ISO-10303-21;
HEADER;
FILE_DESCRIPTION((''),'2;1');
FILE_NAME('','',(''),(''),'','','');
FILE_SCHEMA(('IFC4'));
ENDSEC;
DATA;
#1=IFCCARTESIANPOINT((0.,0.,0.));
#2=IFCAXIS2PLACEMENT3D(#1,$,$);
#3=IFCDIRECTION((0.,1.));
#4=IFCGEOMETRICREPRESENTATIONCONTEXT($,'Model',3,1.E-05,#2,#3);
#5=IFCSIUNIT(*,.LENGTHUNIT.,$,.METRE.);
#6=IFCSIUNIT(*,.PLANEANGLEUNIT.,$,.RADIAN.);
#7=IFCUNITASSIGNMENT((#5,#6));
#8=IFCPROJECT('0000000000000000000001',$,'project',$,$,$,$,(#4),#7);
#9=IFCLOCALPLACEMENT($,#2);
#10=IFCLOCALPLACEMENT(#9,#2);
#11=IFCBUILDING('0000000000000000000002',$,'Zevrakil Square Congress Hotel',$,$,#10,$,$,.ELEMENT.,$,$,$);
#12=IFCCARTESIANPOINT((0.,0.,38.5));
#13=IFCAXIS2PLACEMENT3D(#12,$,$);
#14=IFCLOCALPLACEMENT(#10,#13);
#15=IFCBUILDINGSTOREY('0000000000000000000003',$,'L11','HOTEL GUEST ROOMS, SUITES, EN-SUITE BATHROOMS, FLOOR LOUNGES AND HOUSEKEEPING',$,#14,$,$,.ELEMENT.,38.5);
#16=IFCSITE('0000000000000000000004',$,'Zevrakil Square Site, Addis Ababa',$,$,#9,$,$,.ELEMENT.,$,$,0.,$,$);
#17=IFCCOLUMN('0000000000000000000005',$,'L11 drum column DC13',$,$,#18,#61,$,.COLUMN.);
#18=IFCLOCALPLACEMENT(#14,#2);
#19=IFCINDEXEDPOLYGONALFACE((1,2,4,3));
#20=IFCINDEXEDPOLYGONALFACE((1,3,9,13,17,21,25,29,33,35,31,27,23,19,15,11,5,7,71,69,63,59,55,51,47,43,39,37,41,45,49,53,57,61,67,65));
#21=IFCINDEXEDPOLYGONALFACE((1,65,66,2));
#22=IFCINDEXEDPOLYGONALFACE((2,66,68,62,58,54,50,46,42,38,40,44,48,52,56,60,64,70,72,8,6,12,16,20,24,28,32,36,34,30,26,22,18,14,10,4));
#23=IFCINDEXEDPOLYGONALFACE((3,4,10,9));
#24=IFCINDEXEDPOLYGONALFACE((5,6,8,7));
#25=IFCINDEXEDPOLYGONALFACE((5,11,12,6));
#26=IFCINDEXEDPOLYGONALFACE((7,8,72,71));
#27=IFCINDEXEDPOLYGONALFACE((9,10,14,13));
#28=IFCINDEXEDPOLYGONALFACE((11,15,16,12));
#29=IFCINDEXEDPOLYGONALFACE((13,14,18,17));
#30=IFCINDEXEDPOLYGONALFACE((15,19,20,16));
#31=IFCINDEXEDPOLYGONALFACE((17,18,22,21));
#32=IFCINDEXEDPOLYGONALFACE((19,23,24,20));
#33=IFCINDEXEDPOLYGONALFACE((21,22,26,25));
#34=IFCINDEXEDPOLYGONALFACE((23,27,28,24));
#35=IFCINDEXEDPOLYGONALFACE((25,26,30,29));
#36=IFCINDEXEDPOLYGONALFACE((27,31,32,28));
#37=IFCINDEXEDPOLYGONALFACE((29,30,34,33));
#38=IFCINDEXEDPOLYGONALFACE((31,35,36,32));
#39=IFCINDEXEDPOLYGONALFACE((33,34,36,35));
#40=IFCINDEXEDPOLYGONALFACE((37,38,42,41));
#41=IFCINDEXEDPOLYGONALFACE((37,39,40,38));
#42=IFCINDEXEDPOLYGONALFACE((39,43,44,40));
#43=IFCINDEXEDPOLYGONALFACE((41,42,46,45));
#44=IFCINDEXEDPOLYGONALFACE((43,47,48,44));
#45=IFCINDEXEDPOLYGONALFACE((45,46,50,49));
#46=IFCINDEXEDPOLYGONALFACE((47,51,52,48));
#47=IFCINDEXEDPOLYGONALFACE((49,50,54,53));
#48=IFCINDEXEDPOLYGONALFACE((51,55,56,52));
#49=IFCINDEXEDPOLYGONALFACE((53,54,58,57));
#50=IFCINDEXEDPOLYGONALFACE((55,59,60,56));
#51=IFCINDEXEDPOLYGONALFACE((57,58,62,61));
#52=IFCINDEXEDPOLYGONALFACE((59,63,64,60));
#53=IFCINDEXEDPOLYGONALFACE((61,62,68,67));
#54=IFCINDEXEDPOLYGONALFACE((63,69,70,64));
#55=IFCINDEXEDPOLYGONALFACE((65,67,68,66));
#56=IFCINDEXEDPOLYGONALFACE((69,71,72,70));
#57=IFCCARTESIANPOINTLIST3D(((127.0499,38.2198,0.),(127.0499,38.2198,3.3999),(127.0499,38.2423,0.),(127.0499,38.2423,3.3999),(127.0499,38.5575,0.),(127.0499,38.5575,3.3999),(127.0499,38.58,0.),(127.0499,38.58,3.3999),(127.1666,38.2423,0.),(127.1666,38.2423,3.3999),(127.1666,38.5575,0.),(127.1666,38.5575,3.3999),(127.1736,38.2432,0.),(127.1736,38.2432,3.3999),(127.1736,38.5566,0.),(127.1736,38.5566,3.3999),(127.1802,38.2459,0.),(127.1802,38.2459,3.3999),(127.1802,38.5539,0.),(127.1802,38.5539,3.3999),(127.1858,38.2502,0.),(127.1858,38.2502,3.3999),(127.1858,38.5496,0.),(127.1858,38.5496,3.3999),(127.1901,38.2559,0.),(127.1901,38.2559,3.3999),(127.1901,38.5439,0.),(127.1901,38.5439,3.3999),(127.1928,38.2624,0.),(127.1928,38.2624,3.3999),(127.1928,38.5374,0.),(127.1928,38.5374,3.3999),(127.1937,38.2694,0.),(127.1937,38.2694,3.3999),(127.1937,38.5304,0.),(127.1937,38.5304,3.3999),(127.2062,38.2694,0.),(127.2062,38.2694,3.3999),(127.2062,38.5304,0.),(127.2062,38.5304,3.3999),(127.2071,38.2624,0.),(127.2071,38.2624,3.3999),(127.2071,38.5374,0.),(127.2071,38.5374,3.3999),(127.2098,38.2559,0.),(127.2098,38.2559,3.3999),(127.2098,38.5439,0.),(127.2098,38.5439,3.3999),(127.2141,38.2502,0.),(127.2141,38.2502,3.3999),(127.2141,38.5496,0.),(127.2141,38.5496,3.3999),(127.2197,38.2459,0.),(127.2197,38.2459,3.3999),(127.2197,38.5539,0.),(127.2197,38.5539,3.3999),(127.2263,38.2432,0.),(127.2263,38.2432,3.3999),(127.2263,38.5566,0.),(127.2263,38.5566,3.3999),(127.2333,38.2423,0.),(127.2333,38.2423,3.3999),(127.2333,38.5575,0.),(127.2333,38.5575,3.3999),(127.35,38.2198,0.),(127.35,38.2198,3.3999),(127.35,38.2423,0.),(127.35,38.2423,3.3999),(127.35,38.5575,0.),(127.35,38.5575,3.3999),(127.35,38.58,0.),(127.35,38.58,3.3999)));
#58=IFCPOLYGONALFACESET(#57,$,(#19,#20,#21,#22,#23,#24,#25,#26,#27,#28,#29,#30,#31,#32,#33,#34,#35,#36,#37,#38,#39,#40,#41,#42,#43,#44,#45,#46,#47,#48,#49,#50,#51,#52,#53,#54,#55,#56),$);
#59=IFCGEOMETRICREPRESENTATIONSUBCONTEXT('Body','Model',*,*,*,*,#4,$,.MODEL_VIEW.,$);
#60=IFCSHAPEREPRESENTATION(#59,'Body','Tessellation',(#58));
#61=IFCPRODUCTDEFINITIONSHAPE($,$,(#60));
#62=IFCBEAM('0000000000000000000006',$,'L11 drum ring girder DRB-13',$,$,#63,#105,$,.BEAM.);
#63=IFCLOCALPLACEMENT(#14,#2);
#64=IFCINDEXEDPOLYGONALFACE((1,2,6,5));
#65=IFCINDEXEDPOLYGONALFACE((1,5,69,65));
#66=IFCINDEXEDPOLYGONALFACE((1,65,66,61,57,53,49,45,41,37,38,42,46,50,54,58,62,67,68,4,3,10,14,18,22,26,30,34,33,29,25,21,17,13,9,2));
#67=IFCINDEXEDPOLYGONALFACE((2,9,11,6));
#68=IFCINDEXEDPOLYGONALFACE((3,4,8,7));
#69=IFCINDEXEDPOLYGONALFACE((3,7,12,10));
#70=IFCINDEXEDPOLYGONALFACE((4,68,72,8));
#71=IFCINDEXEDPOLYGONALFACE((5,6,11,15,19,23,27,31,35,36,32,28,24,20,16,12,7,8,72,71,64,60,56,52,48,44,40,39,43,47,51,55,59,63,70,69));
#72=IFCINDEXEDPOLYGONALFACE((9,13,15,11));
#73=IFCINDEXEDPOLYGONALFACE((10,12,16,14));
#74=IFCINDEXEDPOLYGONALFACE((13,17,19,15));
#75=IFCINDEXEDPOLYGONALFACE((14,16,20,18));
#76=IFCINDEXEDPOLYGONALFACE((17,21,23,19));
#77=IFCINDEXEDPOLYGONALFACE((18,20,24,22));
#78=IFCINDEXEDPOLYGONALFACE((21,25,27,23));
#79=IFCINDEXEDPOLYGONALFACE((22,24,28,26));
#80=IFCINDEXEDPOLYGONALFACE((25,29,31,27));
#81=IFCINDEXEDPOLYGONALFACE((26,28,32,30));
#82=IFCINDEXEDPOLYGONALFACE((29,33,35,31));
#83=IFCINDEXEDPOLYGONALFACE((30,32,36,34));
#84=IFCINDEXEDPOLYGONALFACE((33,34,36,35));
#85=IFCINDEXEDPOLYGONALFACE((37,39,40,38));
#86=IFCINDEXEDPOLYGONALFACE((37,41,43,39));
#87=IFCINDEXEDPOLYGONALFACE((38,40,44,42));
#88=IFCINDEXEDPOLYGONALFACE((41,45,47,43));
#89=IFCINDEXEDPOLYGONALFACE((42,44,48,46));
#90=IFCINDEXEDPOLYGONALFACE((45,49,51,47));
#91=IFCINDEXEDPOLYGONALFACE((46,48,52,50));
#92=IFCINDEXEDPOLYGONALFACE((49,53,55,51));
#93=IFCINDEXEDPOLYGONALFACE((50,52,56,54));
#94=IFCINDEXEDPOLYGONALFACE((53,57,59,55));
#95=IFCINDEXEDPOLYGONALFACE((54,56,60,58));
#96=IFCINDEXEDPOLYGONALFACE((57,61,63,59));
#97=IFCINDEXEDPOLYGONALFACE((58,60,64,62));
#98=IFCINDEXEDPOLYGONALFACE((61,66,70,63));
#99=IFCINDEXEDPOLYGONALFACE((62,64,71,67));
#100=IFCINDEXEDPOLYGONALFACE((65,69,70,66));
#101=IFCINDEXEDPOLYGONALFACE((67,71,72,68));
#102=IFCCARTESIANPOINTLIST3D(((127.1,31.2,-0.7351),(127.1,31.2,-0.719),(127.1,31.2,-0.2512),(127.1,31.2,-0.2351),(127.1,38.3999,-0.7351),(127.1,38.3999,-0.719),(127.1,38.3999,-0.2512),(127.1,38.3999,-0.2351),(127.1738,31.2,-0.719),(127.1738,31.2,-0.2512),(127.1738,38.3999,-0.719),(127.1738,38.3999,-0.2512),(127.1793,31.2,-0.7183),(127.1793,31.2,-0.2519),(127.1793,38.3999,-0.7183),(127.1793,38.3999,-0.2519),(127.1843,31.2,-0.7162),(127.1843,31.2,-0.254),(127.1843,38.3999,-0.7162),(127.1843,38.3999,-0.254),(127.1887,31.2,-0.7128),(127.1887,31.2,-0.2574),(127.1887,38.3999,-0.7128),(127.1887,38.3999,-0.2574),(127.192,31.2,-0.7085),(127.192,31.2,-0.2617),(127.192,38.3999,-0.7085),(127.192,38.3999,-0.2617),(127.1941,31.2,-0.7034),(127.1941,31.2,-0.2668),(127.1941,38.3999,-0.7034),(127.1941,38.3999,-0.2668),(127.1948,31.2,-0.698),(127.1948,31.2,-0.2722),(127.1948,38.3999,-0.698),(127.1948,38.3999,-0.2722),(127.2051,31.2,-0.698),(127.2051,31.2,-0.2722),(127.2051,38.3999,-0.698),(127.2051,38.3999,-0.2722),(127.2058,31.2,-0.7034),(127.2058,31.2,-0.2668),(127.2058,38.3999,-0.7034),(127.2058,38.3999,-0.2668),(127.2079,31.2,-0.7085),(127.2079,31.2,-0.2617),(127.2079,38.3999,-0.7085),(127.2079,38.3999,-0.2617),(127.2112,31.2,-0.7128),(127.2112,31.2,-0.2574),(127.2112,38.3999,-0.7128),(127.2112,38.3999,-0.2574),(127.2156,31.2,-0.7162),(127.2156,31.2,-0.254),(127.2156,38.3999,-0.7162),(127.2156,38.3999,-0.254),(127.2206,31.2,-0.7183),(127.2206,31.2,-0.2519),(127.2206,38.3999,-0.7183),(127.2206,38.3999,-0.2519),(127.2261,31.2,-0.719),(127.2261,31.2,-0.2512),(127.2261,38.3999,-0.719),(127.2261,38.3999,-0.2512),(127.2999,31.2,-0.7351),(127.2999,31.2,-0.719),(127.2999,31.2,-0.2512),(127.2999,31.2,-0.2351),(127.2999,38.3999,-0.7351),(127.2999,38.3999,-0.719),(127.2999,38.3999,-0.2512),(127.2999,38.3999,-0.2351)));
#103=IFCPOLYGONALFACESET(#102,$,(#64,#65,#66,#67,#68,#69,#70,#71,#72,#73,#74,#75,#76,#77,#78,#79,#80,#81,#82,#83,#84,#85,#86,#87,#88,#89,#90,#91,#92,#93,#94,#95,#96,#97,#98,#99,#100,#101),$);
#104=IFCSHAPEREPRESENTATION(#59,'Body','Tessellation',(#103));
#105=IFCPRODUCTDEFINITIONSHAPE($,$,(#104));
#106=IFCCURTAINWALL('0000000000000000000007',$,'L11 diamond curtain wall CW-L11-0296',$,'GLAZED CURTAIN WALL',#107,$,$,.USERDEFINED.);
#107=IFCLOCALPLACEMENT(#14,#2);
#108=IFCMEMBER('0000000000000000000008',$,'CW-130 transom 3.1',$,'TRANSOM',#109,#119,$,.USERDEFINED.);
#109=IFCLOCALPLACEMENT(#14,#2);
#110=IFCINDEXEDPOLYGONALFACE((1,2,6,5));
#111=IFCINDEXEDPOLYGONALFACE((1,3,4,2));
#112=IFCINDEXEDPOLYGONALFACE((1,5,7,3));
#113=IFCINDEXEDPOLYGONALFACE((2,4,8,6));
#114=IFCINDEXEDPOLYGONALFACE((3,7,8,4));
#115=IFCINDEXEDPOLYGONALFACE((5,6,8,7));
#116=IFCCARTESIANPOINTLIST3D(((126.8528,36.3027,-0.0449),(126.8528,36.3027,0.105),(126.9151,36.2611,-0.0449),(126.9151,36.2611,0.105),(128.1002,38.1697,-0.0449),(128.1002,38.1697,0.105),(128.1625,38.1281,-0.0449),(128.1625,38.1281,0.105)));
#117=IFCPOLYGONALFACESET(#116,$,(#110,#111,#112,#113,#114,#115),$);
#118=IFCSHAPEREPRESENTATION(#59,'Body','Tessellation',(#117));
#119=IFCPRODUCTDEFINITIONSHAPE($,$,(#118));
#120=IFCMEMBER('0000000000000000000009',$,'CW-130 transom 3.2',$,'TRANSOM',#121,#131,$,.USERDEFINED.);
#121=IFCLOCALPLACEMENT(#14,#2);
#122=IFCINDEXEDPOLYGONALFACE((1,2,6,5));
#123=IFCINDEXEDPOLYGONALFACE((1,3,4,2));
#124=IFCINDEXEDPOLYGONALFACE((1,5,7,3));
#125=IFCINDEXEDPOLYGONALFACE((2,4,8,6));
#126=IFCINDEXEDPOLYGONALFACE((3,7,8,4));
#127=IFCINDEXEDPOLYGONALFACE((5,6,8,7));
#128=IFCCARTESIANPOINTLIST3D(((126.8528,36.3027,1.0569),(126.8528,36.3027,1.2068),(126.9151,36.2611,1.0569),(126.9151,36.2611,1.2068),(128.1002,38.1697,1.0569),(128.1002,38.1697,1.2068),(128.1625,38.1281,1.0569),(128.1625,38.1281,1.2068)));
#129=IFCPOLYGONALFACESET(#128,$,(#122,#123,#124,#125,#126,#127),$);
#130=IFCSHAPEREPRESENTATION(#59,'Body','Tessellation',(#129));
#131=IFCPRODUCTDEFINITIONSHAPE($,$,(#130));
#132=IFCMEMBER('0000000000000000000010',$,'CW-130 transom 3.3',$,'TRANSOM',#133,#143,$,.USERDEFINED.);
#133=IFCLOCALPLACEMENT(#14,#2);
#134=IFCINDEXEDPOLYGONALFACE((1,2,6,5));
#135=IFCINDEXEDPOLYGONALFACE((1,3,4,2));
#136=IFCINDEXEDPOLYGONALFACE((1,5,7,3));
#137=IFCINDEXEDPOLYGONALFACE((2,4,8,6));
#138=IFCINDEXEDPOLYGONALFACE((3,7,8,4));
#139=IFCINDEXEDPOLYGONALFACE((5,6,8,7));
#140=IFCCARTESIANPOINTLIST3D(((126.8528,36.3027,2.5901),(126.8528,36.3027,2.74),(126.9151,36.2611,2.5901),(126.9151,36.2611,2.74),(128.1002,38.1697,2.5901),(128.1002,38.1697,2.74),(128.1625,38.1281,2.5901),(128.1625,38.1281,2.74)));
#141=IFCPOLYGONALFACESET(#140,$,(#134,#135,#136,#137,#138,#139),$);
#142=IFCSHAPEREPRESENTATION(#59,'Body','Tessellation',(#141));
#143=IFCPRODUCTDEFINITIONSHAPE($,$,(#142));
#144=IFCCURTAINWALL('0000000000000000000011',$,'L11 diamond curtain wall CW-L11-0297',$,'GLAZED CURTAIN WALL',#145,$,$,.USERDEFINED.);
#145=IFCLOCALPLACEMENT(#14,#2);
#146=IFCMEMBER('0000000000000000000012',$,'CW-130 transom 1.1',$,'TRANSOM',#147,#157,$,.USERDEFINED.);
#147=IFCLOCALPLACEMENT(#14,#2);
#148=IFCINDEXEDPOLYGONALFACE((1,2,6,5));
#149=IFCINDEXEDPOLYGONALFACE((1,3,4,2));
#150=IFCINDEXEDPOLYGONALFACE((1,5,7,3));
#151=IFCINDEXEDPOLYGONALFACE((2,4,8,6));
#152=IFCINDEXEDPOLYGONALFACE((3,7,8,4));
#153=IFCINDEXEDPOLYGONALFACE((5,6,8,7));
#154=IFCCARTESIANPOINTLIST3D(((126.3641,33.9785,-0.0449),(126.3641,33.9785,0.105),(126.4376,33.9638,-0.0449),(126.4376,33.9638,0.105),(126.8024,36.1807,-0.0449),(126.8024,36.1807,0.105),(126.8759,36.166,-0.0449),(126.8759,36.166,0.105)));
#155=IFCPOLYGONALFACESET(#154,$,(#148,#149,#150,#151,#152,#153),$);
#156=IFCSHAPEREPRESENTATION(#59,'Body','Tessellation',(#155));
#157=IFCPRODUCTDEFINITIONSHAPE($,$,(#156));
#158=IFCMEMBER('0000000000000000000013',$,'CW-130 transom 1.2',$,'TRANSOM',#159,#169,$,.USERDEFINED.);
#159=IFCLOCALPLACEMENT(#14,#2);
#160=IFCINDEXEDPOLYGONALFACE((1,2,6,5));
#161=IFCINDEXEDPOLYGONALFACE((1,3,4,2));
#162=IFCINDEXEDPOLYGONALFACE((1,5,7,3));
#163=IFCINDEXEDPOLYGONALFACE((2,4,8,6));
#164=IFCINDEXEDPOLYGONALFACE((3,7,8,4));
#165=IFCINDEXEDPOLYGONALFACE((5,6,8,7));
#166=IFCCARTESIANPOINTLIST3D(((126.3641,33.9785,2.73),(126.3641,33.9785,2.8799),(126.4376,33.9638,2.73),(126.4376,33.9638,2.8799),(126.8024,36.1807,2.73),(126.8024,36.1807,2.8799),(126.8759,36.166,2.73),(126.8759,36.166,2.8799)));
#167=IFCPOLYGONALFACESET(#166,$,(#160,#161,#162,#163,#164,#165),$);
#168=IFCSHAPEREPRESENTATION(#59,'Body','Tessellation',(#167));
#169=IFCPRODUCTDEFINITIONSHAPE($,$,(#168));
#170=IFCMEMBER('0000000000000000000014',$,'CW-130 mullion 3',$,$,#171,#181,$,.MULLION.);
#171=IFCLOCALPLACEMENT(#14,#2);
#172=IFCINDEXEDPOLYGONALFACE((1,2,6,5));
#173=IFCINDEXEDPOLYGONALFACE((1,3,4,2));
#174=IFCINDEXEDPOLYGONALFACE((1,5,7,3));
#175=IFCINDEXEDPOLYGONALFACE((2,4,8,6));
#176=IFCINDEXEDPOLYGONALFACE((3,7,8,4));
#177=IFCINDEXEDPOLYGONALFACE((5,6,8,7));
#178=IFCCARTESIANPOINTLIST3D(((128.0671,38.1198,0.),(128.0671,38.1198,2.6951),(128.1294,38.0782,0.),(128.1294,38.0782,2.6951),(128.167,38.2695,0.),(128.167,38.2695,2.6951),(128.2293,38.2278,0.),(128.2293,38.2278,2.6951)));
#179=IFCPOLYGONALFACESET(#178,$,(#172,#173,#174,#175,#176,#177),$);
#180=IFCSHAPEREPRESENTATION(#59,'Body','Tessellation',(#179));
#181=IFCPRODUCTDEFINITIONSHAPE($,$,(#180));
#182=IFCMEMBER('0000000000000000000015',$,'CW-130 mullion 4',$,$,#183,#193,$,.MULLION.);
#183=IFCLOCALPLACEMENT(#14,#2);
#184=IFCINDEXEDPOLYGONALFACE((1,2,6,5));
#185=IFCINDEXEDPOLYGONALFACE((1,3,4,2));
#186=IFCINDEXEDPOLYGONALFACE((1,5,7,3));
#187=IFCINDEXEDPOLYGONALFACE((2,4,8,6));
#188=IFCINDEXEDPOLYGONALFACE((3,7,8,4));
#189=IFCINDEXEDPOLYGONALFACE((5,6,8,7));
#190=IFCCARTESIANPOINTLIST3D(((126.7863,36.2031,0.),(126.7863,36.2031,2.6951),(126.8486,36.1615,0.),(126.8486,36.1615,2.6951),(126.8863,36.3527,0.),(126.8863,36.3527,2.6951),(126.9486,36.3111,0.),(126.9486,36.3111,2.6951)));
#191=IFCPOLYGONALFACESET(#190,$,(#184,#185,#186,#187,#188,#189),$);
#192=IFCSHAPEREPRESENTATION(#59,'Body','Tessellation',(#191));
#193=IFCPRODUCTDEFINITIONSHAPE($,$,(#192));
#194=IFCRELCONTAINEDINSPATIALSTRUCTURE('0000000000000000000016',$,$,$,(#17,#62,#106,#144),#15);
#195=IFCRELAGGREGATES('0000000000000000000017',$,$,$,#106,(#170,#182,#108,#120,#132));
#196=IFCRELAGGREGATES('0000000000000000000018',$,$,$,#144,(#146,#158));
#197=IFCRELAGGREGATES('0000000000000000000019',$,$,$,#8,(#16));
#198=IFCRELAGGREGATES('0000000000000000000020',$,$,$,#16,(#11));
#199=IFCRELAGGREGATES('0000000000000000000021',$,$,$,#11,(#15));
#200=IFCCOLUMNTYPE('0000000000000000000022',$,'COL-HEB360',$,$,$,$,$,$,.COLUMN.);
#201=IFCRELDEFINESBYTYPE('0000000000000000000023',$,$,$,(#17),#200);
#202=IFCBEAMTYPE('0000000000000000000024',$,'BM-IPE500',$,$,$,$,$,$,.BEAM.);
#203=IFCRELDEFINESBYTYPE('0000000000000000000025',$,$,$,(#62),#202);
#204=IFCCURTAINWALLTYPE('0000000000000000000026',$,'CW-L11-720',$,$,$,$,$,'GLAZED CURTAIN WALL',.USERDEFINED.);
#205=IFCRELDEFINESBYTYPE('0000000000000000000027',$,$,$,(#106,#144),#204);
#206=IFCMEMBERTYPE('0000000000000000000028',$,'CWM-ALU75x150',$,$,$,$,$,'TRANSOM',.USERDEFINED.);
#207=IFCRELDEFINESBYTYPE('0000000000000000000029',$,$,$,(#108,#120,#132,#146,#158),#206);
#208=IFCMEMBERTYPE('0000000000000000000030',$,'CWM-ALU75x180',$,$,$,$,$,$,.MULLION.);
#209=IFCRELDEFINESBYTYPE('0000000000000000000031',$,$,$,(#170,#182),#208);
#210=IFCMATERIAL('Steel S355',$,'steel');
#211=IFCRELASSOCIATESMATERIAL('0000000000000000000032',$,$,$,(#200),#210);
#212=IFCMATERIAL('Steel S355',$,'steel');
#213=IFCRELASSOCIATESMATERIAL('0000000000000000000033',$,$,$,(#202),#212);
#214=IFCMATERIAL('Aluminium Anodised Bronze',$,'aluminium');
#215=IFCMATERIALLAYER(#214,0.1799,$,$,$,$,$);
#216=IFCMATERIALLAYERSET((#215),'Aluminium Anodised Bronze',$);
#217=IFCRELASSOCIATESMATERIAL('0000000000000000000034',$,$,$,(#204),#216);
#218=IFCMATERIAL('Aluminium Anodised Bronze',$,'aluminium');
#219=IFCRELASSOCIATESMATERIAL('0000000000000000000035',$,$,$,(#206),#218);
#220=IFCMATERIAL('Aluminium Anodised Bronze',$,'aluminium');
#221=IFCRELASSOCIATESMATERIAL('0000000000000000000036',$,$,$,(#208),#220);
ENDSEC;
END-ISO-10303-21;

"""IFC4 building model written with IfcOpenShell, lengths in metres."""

from ifc_helpers import new_model, si_unit, direction, frame, origin, origin_2d, place, context, subcontext, project, spatial, rectangle, i_section, extrude, material, layer, layer_set, material_profile, profile_set, type_object, element, aggregate, save


model = new_model("IFC4")

# Units and contexts
model_context = context("Model", 3, precision=1e-05, world=origin(), true_north=direction((0.0, 1.0)))
body_context = subcontext(model_context, "Body", "Model", "MODEL_VIEW")
ifc_project = project(units=[si_unit("LENGTHUNIT", "METRE"), si_unit("PLANEANGLEUNIT", "RADIAN")], contexts=[model_context])

# Site, building, storey
site_placement = place(None, origin())
site = spatial("IfcSite", under=ifc_project, at=site_placement, Name="Zevrakil Square Site, Addis Ababa", CompositionType="ELEMENT", RefElevation=0.0)
building_placement = place(site_placement, origin())
building = spatial("IfcBuilding", under=site, at=building_placement, Name="Zevrakil Square Congress Hotel", CompositionType="ELEMENT")
storey_placement = place(building_placement, frame((0.0, 0.0, 38.5)))
storey = spatial("IfcBuildingStorey", under=building, at=storey_placement, Name="L11", Description="HOTEL GUEST ROOMS, SUITES, EN-SUITE BATHROOMS, FLOOR LOUNGES AND HOUSEKEEPING", CompositionType="ELEMENT", Elevation=38.5)

# Column
ifc_material_1 = material(Name="Steel S355", Category="steel")
ifc_material_profile_1 = material_profile(ifc_material_1, i_section(OverallWidth=0.3, OverallDepth=0.3601, WebThickness=0.0125, FlangeThickness=0.0225, FilletRadius=0.0271, at=origin_2d()), Name="HEB 360")
ifc_profile_set_1 = profile_set([ifc_material_profile_1], Name="Steel S355")
column_type = type_object("IfcColumnType", Name="COL-HEB360", PredefinedType="COLUMN", material=ifc_profile_set_1)
column_placement = place(storey_placement, frame((127.2, 38.3999, 0.0), z_axis=(0.0, 0.0, 1.0), x_axis=(1.0, 0.0, 0.0)))
element("IfcColumn", 1, at=column_placement, inside=storey, type_object=column_type, Name="L11 drum column DC13", PredefinedType="COLUMN", context=body_context, shape_type="SweptSolid", body=[
    extrude(i_section(OverallWidth=0.3, OverallDepth=0.3601, WebThickness=0.0125, FlangeThickness=0.0225, FilletRadius=0.0271, at=origin_2d()), origin(), (0.0, 0.0, 1.0), 3.3999),
])

# Beam
ifc_material_2 = material(Name="Steel S355", Category="steel")
ifc_material_profile_2 = material_profile(ifc_material_2, i_section(OverallWidth=0.2, OverallDepth=0.5, WebThickness=0.0103, FlangeThickness=0.0161, FilletRadius=0.021, at=origin_2d()), Name="IPE 500")
ifc_profile_set_2 = profile_set([ifc_material_profile_2], Name="Steel S355")
beam_type_1 = type_object("IfcBeamType", Name="BM-IPE500", PredefinedType="BEAM", material=ifc_profile_set_2)
beam_1_placement = place(storey_placement, frame((127.2, 38.3999, -0.4851), z_axis=(0.0, -1.0, 0.0), x_axis=(1.0, 0.0, 0.0)))
element("IfcBeam", 2, at=beam_1_placement, inside=storey, type_object=beam_type_1, Name="L11 drum ring girder DRB-13", PredefinedType="BEAM", context=body_context, shape_type="SweptSolid", body=[
    extrude(i_section(OverallWidth=0.2, OverallDepth=0.5, WebThickness=0.0103, FlangeThickness=0.0161, FilletRadius=0.021, at=origin_2d()), origin(), (0.0, 0.0, 1.0), 7.2),
])

# Curtain walls, members
ifc_material_3 = material(Name="Aluminium Anodised Bronze", Category="aluminium")
ifc_layer_1 = layer(ifc_material_3, 0.1799)
ifc_layer_set_1 = layer_set([ifc_layer_1], Name="Aluminium Anodised Bronze")
curtain_wall_type = type_object("IfcCurtainWallType", Name="CW-L11-720", ElementType="GLAZED CURTAIN WALL", PredefinedType="USERDEFINED", material=ifc_layer_set_1)
curtain_wall_1_placement = place(storey_placement, origin())
curtain_wall_1 = element("IfcCurtainWall", 3, at=curtain_wall_1_placement, inside=storey, type_object=curtain_wall_type, Name="L11 diamond curtain wall CW-L11-0296", ObjectType="GLAZED CURTAIN WALL", PredefinedType="USERDEFINED")
ifc_material_4 = material(Name="Aluminium Anodised Bronze", Category="aluminium")
ifc_material_profile_3 = material_profile(ifc_material_4, rectangle(XDim=0.075, YDim=0.1499, at=origin_2d()), Name="ALU 75x150")
ifc_profile_set_3 = profile_set([ifc_material_profile_3], Name="Aluminium Anodised Bronze")
member_type_1 = type_object("IfcMemberType", Name="CWM-ALU75x150", ElementType="TRANSOM", PredefinedType="USERDEFINED", material=ifc_profile_set_3)
member_1_placement = place(storey_placement, frame((128.1313, 38.1489, 0.03), z_axis=(-0.555528, -0.831498, 0.0), x_axis=(0.831498, -0.555528, 0.0)))
member_1 = element("IfcMember", 4, at=member_1_placement, type_object=member_type_1, Name="CW-130 transom 3.1", ObjectType="TRANSOM", PredefinedType="USERDEFINED", context=body_context, shape_type="SweptSolid", body=[
    extrude(rectangle(XDim=0.075, YDim=0.1499, at=origin_2d()), origin(), (0.0, 0.0, 1.0), 2.2454),
])
member_2_placement = place(storey_placement, frame((128.1313, 38.1489, 1.1318), z_axis=(-0.555528, -0.831498, 0.0), x_axis=(0.831498, -0.555528, 0.0)))
member_2 = element("IfcMember", 5, at=member_2_placement, type_object=member_type_1, Name="CW-130 transom 3.2", ObjectType="TRANSOM", PredefinedType="USERDEFINED", context=body_context, shape_type="SweptSolid", body=[
    extrude(rectangle(XDim=0.075, YDim=0.1499, at=origin_2d()), origin(), (0.0, 0.0, 1.0), 2.2454),
])
member_3_placement = place(storey_placement, frame((128.1313, 38.1489, 2.665), z_axis=(-0.555528, -0.831498, 0.0), x_axis=(0.831498, -0.555528, 0.0)))
member_3 = element("IfcMember", 6, at=member_3_placement, type_object=member_type_1, Name="CW-130 transom 3.3", ObjectType="TRANSOM", PredefinedType="USERDEFINED", context=body_context, shape_type="SweptSolid", body=[
    extrude(rectangle(XDim=0.075, YDim=0.1499, at=origin_2d()), origin(), (0.0, 0.0, 1.0), 2.2454),
])
curtain_wall_2_placement = place(storey_placement, origin())
curtain_wall_2 = element("IfcCurtainWall", 7, at=curtain_wall_2_placement, inside=storey, type_object=curtain_wall_type, Name="L11 diamond curtain wall CW-L11-0297", ObjectType="GLAZED CURTAIN WALL", PredefinedType="USERDEFINED")
member_4_placement = place(storey_placement, frame((126.8391, 36.1733, 0.03), z_axis=(-0.195175, -0.980768, 0.0), x_axis=(0.980768, -0.195175, 0.0)))
member_4 = element("IfcMember", 8, at=member_4_placement, type_object=member_type_1, Name="CW-130 transom 1.1", ObjectType="TRANSOM", PredefinedType="USERDEFINED", context=body_context, shape_type="SweptSolid", body=[
    extrude(rectangle(XDim=0.075, YDim=0.1499, at=origin_2d()), origin(), (0.0, 0.0, 1.0), 2.2454),
])
member_5_placement = place(storey_placement, frame((126.8391, 36.1733, 2.8049), z_axis=(-0.195175, -0.980768, 0.0), x_axis=(0.980768, -0.195175, 0.0)))
member_5 = element("IfcMember", 9, at=member_5_placement, type_object=member_type_1, Name="CW-130 transom 1.2", ObjectType="TRANSOM", PredefinedType="USERDEFINED", context=body_context, shape_type="SweptSolid", body=[
    extrude(rectangle(XDim=0.075, YDim=0.1499, at=origin_2d()), origin(), (0.0, 0.0, 1.0), 2.2454),
])

# Members
ifc_material_5 = material(Name="Aluminium Anodised Bronze", Category="aluminium")
ifc_material_profile_4 = material_profile(ifc_material_5, rectangle(XDim=0.075, YDim=0.1799, at=origin_2d()), Name="ALU 75x180")
ifc_profile_set_4 = profile_set([ifc_material_profile_4], Name="Aluminium Anodised Bronze")
member_type_2 = type_object("IfcMemberType", Name="CWM-ALU75x180", PredefinedType="MULLION", material=ifc_profile_set_4)
member_6_placement = place(storey_placement, frame((128.1482, 38.1738, 0.0), z_axis=(0.0, 0.0, 1.0), x_axis=(0.831466, -0.555576, 0.0)))
member_6 = element("IfcMember", 10, at=member_6_placement, type_object=member_type_2, Name="CW-130 mullion 3", PredefinedType="MULLION", context=body_context, shape_type="SweptSolid", body=[
    extrude(rectangle(XDim=0.075, YDim=0.1799, at=origin_2d()), origin(), (0.0, 0.0, 1.0), 2.6951),
])
member_7_placement = place(storey_placement, frame((126.8674, 36.2571, 0.0), z_axis=(0.0, 0.0, 1.0), x_axis=(0.831466, -0.555576, 0.0)))
member_7 = element("IfcMember", 11, at=member_7_placement, type_object=member_type_2, Name="CW-130 mullion 4", PredefinedType="MULLION", context=body_context, shape_type="SweptSolid", body=[
    extrude(rectangle(XDim=0.075, YDim=0.1799, at=origin_2d()), origin(), (0.0, 0.0, 1.0), 2.6951),
])

aggregate(curtain_wall_1, [member_6, member_7, member_1, member_2, member_3])
aggregate(curtain_wall_2, [member_4, member_5])

save(model, "model.ifc")
